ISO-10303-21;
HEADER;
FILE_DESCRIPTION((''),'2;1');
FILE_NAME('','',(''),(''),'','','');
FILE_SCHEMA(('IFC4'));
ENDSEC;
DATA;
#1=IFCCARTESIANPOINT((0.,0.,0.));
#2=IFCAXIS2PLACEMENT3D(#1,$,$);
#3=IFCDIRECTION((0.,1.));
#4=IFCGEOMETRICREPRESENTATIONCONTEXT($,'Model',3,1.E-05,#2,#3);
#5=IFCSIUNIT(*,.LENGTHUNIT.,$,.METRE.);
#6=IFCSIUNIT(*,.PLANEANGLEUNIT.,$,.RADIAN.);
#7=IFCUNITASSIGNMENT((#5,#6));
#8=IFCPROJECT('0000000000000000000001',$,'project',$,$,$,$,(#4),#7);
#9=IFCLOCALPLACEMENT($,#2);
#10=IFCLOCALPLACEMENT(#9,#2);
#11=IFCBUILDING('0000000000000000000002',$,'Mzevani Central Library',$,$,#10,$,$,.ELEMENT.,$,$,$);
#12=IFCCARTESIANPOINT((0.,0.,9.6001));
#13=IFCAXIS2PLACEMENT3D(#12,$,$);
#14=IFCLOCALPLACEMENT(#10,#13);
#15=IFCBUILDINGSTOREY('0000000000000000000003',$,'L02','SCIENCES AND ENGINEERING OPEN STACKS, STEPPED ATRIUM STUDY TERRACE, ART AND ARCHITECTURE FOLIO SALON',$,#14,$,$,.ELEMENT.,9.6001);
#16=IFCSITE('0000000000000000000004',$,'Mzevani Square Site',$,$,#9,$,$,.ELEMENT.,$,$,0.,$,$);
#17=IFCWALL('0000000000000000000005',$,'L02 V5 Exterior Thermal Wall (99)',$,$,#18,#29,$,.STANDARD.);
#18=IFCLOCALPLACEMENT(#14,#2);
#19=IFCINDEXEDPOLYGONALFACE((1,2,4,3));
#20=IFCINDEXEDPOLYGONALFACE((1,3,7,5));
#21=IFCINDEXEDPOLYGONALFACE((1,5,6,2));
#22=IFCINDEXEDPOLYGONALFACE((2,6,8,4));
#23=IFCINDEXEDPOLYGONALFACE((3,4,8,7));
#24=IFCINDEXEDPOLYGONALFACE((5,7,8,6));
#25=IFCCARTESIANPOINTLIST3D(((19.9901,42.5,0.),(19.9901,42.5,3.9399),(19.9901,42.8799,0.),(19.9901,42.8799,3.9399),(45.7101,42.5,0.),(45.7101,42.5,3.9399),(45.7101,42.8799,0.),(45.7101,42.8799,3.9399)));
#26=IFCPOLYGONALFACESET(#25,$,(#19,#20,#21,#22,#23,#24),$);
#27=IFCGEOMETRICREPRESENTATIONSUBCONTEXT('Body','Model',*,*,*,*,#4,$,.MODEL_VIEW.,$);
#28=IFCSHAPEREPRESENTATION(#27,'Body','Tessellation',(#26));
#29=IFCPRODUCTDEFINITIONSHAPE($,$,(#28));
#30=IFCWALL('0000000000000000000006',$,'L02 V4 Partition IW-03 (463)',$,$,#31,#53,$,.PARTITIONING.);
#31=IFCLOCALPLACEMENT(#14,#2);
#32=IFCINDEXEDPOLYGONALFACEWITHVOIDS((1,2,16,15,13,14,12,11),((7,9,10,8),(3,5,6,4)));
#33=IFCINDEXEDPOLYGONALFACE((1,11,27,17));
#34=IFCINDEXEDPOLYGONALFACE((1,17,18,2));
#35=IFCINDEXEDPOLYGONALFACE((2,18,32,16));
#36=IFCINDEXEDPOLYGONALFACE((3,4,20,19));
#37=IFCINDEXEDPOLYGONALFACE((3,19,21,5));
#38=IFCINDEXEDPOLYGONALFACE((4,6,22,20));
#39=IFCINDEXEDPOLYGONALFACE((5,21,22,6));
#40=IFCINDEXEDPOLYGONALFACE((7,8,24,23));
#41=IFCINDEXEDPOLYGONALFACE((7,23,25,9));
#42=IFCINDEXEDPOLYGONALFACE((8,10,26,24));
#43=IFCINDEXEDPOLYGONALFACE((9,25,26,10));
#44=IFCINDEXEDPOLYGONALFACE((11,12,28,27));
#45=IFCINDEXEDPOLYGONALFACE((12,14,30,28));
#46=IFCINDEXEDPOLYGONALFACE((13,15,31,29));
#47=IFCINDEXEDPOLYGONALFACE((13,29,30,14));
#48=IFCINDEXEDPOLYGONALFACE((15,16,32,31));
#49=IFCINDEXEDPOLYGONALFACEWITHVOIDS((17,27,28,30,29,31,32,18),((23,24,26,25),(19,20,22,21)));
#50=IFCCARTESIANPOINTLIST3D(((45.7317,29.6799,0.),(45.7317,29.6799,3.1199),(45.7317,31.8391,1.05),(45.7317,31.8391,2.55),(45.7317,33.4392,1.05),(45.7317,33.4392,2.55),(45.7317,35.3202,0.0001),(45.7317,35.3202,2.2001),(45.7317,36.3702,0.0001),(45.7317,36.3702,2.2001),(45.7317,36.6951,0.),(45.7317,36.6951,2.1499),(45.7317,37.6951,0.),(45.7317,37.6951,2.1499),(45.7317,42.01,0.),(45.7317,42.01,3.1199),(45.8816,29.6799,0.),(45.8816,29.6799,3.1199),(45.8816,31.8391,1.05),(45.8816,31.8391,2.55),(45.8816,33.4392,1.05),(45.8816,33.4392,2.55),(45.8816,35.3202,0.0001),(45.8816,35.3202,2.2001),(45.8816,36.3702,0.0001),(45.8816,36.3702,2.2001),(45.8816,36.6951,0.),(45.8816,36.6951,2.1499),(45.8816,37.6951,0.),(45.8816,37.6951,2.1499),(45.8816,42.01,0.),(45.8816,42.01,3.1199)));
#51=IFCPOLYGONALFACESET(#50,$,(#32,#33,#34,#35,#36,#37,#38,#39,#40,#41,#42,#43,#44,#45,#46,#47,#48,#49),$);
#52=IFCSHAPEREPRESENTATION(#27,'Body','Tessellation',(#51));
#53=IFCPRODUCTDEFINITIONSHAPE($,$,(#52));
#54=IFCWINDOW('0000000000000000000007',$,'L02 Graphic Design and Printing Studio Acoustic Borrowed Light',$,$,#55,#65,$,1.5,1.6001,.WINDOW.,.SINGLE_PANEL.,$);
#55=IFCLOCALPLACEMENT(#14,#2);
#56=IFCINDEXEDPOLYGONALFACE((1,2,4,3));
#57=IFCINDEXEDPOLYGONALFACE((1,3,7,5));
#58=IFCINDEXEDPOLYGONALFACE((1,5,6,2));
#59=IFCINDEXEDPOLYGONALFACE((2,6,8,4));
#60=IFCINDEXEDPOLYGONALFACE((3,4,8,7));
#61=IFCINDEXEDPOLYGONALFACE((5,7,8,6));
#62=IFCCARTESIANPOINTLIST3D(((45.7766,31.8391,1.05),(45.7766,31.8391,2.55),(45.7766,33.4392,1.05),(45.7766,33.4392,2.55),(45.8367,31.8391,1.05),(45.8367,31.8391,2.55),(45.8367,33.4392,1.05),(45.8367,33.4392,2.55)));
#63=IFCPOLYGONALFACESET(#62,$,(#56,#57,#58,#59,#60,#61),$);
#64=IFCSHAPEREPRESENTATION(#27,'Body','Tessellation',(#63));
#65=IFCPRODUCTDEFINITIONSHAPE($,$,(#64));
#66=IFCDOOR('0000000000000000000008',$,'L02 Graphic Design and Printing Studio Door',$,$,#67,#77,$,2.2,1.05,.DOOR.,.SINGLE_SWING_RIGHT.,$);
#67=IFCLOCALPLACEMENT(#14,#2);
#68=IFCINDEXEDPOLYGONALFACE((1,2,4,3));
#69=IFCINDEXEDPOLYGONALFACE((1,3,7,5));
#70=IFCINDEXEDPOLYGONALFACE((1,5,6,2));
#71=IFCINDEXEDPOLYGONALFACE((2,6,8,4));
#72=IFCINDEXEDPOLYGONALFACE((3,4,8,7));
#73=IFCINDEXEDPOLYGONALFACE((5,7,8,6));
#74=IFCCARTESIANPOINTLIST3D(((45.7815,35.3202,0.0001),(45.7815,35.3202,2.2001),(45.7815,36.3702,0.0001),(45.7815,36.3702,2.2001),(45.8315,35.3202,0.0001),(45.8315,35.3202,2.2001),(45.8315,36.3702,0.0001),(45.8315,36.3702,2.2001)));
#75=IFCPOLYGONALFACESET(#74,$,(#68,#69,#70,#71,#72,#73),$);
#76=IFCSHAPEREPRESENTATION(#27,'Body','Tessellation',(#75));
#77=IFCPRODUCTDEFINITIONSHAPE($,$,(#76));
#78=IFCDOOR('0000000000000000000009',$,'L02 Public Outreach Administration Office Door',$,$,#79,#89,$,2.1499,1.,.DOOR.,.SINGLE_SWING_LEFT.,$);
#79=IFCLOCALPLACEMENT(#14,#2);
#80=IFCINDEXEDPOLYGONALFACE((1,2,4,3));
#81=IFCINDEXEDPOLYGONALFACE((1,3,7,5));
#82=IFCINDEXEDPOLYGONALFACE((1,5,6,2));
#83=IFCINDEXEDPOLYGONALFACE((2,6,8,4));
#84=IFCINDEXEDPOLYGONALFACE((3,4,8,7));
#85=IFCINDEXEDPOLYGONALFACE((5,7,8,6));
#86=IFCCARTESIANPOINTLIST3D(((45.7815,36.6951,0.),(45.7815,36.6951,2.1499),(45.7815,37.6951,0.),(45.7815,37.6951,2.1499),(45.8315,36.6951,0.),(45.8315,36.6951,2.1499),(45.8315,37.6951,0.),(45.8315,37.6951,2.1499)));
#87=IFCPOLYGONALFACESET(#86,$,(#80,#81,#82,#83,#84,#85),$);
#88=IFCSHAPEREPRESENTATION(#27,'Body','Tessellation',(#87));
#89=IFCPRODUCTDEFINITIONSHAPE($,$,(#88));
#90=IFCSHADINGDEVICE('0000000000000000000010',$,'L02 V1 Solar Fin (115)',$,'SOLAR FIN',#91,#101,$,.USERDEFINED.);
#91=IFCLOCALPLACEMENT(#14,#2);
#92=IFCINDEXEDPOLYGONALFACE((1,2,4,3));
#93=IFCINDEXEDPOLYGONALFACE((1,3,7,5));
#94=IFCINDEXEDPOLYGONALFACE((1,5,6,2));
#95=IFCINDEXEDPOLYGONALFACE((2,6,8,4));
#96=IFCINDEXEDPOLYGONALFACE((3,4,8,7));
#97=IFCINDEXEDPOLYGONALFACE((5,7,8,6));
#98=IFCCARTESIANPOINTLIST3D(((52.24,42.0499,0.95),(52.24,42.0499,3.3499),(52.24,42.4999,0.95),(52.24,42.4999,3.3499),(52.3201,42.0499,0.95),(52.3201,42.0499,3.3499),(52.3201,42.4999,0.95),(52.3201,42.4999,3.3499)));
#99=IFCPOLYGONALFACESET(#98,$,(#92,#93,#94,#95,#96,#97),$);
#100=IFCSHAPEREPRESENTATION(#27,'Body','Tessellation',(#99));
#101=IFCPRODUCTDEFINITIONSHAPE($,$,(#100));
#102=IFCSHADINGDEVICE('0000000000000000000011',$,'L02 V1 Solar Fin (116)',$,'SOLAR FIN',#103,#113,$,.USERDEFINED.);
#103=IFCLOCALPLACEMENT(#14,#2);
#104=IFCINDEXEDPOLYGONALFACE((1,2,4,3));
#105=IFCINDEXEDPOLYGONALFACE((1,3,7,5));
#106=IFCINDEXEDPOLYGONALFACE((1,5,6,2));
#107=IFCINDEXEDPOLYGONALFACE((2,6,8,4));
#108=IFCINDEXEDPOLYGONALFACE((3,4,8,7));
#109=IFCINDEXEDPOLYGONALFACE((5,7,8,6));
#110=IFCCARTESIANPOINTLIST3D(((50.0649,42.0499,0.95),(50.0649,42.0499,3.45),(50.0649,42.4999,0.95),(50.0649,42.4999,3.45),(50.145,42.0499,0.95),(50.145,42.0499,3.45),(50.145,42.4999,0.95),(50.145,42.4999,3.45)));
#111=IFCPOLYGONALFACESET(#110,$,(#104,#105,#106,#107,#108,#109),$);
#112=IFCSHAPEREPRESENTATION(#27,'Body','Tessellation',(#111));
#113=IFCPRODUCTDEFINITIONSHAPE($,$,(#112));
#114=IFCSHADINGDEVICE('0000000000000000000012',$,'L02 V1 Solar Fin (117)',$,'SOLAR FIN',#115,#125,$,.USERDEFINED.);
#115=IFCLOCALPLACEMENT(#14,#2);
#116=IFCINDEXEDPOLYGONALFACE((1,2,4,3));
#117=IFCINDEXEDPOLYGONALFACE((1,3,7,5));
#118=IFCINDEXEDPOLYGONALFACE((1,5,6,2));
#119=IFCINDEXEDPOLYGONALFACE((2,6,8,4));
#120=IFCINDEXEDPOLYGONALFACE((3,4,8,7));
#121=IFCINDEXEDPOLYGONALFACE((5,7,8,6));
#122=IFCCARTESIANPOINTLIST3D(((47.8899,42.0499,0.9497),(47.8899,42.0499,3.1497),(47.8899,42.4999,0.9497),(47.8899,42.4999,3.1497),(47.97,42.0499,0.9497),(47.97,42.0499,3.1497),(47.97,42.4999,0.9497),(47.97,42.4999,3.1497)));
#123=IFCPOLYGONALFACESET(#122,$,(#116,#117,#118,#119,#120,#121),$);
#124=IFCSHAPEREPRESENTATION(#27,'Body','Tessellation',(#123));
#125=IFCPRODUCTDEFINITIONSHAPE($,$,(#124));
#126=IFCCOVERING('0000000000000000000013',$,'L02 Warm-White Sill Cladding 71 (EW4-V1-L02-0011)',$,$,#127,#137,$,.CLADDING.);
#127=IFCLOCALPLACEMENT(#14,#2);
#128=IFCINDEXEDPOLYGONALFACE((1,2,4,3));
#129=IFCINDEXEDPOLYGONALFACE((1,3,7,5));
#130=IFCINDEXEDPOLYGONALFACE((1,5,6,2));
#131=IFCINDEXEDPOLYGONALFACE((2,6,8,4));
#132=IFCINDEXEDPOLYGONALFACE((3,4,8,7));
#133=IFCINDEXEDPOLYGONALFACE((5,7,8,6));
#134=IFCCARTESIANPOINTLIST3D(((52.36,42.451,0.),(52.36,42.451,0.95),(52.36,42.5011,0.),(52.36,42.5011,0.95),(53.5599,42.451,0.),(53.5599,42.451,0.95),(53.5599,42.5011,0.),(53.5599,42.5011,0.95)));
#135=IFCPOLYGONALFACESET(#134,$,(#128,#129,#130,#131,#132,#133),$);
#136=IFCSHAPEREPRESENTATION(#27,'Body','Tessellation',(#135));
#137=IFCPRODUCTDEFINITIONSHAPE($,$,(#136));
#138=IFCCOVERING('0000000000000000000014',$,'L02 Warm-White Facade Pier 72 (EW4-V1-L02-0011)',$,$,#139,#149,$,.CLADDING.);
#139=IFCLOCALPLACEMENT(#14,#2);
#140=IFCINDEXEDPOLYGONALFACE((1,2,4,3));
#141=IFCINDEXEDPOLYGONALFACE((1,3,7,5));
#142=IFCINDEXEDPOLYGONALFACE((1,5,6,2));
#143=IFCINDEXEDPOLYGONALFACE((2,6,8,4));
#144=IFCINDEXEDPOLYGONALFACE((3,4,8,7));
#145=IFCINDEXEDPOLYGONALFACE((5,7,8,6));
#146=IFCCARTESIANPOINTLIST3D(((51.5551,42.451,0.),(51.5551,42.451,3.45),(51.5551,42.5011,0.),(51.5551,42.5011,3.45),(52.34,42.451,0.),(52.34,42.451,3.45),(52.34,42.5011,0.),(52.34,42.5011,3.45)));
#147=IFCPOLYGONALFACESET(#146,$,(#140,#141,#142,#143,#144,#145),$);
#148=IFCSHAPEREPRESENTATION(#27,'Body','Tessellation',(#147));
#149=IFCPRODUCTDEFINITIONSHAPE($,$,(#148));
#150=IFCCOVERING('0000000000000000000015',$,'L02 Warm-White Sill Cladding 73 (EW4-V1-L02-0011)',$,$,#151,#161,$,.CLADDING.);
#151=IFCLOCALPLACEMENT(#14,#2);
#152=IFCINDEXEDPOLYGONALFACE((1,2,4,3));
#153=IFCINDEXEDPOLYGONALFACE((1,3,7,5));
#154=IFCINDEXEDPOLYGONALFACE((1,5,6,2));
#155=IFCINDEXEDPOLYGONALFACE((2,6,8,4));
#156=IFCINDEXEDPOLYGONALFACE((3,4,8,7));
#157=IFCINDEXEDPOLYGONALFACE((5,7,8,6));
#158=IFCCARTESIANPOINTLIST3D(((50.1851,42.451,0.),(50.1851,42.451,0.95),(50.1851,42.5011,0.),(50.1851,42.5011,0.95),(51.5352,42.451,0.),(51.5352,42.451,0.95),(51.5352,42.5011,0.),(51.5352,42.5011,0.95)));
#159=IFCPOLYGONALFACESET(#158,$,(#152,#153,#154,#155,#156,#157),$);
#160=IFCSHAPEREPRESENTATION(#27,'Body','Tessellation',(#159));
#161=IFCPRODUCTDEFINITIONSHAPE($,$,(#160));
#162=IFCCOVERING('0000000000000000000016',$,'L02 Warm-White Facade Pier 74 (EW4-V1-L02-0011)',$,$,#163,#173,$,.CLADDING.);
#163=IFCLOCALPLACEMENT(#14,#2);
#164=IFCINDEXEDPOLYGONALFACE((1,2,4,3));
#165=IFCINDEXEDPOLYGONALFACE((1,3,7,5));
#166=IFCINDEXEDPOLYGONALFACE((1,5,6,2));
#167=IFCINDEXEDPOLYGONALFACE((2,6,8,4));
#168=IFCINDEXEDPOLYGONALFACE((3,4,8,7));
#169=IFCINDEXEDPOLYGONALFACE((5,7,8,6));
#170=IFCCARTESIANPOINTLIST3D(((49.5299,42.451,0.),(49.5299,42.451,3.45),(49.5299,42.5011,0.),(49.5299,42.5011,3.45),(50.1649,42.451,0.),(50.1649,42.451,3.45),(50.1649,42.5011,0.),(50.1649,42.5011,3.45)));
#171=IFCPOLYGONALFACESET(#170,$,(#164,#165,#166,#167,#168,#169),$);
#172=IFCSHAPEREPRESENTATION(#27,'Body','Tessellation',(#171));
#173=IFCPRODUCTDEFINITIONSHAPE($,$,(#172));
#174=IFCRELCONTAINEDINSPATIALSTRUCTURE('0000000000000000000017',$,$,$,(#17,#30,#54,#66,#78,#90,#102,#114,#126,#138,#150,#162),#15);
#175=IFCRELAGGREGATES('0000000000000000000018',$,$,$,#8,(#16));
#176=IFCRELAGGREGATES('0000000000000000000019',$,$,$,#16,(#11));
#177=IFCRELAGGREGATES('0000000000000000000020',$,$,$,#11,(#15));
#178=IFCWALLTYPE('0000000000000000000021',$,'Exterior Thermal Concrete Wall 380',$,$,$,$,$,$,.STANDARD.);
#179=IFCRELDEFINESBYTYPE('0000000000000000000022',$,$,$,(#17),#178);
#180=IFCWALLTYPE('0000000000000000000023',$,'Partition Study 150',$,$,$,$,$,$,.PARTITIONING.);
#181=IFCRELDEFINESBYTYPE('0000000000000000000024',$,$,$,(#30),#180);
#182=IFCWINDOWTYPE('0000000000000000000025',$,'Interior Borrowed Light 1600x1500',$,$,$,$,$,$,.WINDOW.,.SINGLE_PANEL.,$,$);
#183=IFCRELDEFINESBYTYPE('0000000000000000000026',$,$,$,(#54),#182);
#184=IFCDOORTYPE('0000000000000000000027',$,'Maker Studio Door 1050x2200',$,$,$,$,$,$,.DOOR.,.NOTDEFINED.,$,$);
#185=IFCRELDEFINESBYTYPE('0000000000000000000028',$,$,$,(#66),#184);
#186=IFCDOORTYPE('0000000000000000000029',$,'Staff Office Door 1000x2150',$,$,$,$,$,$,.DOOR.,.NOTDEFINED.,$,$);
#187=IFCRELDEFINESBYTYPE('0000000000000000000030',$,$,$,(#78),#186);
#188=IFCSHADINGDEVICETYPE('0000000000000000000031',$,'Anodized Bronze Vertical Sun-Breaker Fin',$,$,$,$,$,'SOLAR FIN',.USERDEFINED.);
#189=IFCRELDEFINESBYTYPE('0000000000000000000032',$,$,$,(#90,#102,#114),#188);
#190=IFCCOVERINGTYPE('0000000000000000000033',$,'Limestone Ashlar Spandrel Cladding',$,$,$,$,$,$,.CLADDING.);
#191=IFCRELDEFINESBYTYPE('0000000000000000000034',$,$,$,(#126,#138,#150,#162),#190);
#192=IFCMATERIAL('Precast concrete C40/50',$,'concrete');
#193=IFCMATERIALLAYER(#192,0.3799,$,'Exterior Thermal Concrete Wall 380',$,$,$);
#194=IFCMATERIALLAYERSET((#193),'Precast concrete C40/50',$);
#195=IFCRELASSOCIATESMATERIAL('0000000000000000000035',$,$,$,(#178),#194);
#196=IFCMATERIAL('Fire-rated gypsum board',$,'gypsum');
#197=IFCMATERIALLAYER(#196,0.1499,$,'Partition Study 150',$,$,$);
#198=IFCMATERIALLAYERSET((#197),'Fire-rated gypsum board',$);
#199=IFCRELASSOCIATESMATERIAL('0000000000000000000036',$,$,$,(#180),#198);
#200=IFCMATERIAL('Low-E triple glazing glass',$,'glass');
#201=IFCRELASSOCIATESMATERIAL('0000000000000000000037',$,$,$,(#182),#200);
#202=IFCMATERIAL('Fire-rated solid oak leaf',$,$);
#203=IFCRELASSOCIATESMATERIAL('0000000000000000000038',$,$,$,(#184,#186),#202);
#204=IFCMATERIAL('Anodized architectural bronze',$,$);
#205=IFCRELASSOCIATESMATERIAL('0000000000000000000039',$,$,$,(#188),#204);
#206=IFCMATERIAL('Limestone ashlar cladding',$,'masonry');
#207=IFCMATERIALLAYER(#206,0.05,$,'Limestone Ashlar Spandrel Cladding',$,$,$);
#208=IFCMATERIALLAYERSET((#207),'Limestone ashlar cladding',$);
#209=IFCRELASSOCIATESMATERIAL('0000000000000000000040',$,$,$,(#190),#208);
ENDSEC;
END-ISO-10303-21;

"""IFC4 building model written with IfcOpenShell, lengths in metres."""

from ifc_helpers import new_model, si_unit, direction, frame, frame_2d, origin, origin_2d, place, context, subcontext, project, spatial, rectangle, extrude, material, layer, layer_set, type_object, element, fill, save


model = new_model("IFC4")

# Units and contexts
model_context = context("Model", 3, precision=1e-05, world=origin(), true_north=direction((0.0, 1.0)))
body_context = subcontext(model_context, "Body", "Model", "MODEL_VIEW")
ifc_project = project(units=[si_unit("LENGTHUNIT", "METRE"), si_unit("PLANEANGLEUNIT", "RADIAN")], contexts=[model_context])

# Site, building, storey
site_placement = place(None, origin())
site = spatial("IfcSite", under=ifc_project, at=site_placement, Name="Mzevani Square Site", CompositionType="ELEMENT", RefElevation=0.0)
building_placement = place(site_placement, origin())
building = spatial("IfcBuilding", under=site, at=building_placement, Name="Mzevani Central Library", CompositionType="ELEMENT")
storey_placement = place(building_placement, frame((0.0, 0.0, 9.6001)))
storey = spatial("IfcBuildingStorey", under=building, at=storey_placement, Name="L02", Description="SCIENCES AND ENGINEERING OPEN STACKS, STEPPED ATRIUM STUDY TERRACE, ART AND ARCHITECTURE FOLIO SALON", CompositionType="ELEMENT", Elevation=9.6001)

# Wall
ifc_material_1 = material(Name="Precast concrete C40/50", Category="concrete")
ifc_layer_1 = layer(ifc_material_1, 0.3799, Name="Exterior Thermal Concrete Wall 380")
ifc_layer_set_1 = layer_set([ifc_layer_1], Name="Precast concrete C40/50")
wall_type_1 = type_object("IfcWallType", Name="Exterior Thermal Concrete Wall 380", PredefinedType="STANDARD", material=ifc_layer_set_1)
wall_1_placement = place(storey_placement, frame((45.71, 42.6899, 0.0), z_axis=(0.0, 0.0, 1.0), x_axis=(-1.0, 0.0, 0.0)))
element("IfcWall", 1, at=wall_1_placement, inside=storey, type_object=wall_type_1, Name="L02 V5 Exterior Thermal Wall (99)", PredefinedType="STANDARD", context=body_context, shape_type="SweptSolid", body=[
    extrude(rectangle(XDim=25.72, YDim=0.3799, at=frame_2d((12.8599, 0.0))), origin(), (0.0, 0.0, 1.0), 3.9399),
])

# Wall, openings, window, doors
ifc_material_2 = material(Name="Fire-rated gypsum board", Category="gypsum")
ifc_layer_2 = layer(ifc_material_2, 0.1499, Name="Partition Study 150")
ifc_layer_set_2 = layer_set([ifc_layer_2], Name="Fire-rated gypsum board")
wall_type_2 = type_object("IfcWallType", Name="Partition Study 150", PredefinedType="PARTITIONING", material=ifc_layer_set_2)
wall_2_placement = place(storey_placement, frame((45.8066, 42.01, 0.0), z_axis=(0.0, 0.0, 1.0), x_axis=(0.0, -1.0, 0.0)))
wall_2 = element("IfcWall", 2, at=wall_2_placement, inside=storey, type_object=wall_type_2, Name="L02 V4 Partition IW-03 (463)", PredefinedType="PARTITIONING", context=body_context, shape_type="SweptSolid", body=[
    extrude(rectangle(XDim=12.3301, YDim=0.1499, at=frame_2d((6.165, 0.0))), origin(), (0.0, 0.0, 1.0), 3.1199),
])
opening_1_placement = place(wall_2_placement, frame((5.6399, 0.0, 0.0)))
opening_1 = element("IfcOpeningElement", 3, at=opening_1_placement, cuts=wall_2, PredefinedType="OPENING", context=body_context, shape_type="SweptSolid", body=[
    extrude(rectangle(XDim=1.05, YDim=2.2, at=frame_2d((0.5249, 1.1001))), frame((0.0, 0.085, 0.0), z_axis=(0.0, -1.0, 0.0), x_axis=(1.0, 0.0, 0.0)), (0.0, 0.0, 1.0), 0.1699),
])
opening_2_placement = place(wall_2_placement, frame((8.5708, 0.0, 1.05)))
opening_2 = element("IfcOpeningElement", 4, at=opening_2_placement, cuts=wall_2, PredefinedType="OPENING", context=body_context, shape_type="SweptSolid", body=[
    extrude(rectangle(XDim=1.6001, YDim=1.5, at=frame_2d((0.8, 0.75))), frame((0.0, 0.085, 0.0), z_axis=(0.0, -1.0, 0.0), x_axis=(1.0, 0.0, 0.0)), (0.0, 0.0, 1.0), 0.1699),
])
opening_3_placement = place(wall_2_placement, frame((4.3149, 0.0, 0.0)))
opening_3 = element("IfcOpeningElement", 5, at=opening_3_placement, cuts=wall_2, PredefinedType="OPENING", context=body_context, shape_type="SweptSolid", body=[
    extrude(rectangle(XDim=1.0, YDim=2.1499, at=frame_2d((0.5, 1.075))), frame((0.0, 0.085, 0.0), z_axis=(0.0, -1.0, 0.0), x_axis=(1.0, 0.0, 0.0)), (0.0, 0.0, 1.0), 0.1699),
])
ifc_material_3 = material(Name="Low-E triple glazing glass", Category="glass")
window_type = type_object("IfcWindowType", Name="Interior Borrowed Light 1600x1500", PartitioningType="SINGLE_PANEL", PredefinedType="WINDOW", material=ifc_material_3)
window_placement = place(opening_2_placement, origin())
window = element("IfcWindow", 6, at=window_placement, inside=storey, type_object=window_type, Name="L02 Graphic Design and Printing Studio Acoustic Borrowed Light", OverallHeight=1.5, OverallWidth=1.6001, PartitioningType="SINGLE_PANEL", PredefinedType="WINDOW", context=body_context, shape_type="SweptSolid", body=[
    extrude(rectangle(XDim=1.6001, YDim=1.5, at=frame_2d((0.8, 0.75))), frame((0.0, 0.03, 0.0), z_axis=(0.0, -1.0, 0.0), x_axis=(1.0, 0.0, 0.0)), (0.0, 0.0, 1.0), 0.0601),
])
fill(opening_2, window)
ifc_material_4 = material(Name="Fire-rated solid oak leaf")
door_type_1 = type_object("IfcDoorType", Name="Maker Studio Door 1050x2200", OperationType="NOTDEFINED", PredefinedType="DOOR", material=ifc_material_4)
door_1_placement = place(opening_1_placement, origin())
door_1 = element("IfcDoor", 7, at=door_1_placement, inside=storey, type_object=door_type_1, Name="L02 Graphic Design and Printing Studio Door", OperationType="SINGLE_SWING_RIGHT", OverallHeight=2.2, OverallWidth=1.05, PredefinedType="DOOR", context=body_context, shape_type="SweptSolid", body=[
    extrude(rectangle(XDim=1.05, YDim=2.2, at=frame_2d((0.5249, 1.1001))), frame((0.0, 0.0249, 0.0), z_axis=(0.0, -1.0, 0.0), x_axis=(1.0, 0.0, 0.0)), (0.0, 0.0, 1.0), 0.05),
])
fill(opening_1, door_1)
door_type_2 = type_object("IfcDoorType", Name="Staff Office Door 1000x2150", OperationType="NOTDEFINED", PredefinedType="DOOR", material=ifc_material_4)
door_2_placement = place(opening_3_placement, origin())
door_2 = element("IfcDoor", 8, at=door_2_placement, inside=storey, type_object=door_type_2, Name="L02 Public Outreach Administration Office Door", OperationType="SINGLE_SWING_LEFT", OverallHeight=2.1499, OverallWidth=1.0, PredefinedType="DOOR", context=body_context, shape_type="SweptSolid", body=[
    extrude(rectangle(XDim=1.0, YDim=2.1499, at=frame_2d((0.5, 1.075))), frame((0.0, 0.0249, 0.0), z_axis=(0.0, -1.0, 0.0), x_axis=(1.0, 0.0, 0.0)), (0.0, 0.0, 1.0), 0.05),
])
fill(opening_3, door_2)

# Shading devices
ifc_material_5 = material(Name="Anodized architectural bronze")
shading_device_type = type_object("IfcShadingDeviceType", Name="Anodized Bronze Vertical Sun-Breaker Fin", ElementType="SOLAR FIN", PredefinedType="USERDEFINED", material=ifc_material_5)
shading_device_1_placement = place(storey_placement, frame((52.28, 42.2749, 0.95), z_axis=(0.0, 0.0, 1.0), x_axis=(-1.0, 0.0, 0.0)))
element("IfcShadingDevice", 9, at=shading_device_1_placement, inside=storey, type_object=shading_device_type, Name="L02 V1 Solar Fin (115)", ObjectType="SOLAR FIN", PredefinedType="USERDEFINED", context=body_context, shape_type="SweptSolid", body=[
    extrude(rectangle(XDim=0.0801, YDim=0.45, at=origin_2d()), origin(), (0.0, 0.0, 1.0), 2.3999),
])
shading_device_2_placement = place(storey_placement, frame((50.105, 42.2749, 0.95), z_axis=(0.0, 0.0, 1.0), x_axis=(-1.0, 0.0, 0.0)))
element("IfcShadingDevice", 10, at=shading_device_2_placement, inside=storey, type_object=shading_device_type, Name="L02 V1 Solar Fin (116)", ObjectType="SOLAR FIN", PredefinedType="USERDEFINED", context=body_context, shape_type="SweptSolid", body=[
    extrude(rectangle(XDim=0.0801, YDim=0.45, at=origin_2d()), origin(), (0.0, 0.0, 1.0), 2.5),
])
shading_device_3_placement = place(storey_placement, frame((47.9299, 42.2749, 0.9497), z_axis=(0.0, 0.0, 1.0), x_axis=(-1.0, 0.0, 0.0)))
element("IfcShadingDevice", 11, at=shading_device_3_placement, inside=storey, type_object=shading_device_type, Name="L02 V1 Solar Fin (117)", ObjectType="SOLAR FIN", PredefinedType="USERDEFINED", context=body_context, shape_type="SweptSolid", body=[
    extrude(rectangle(XDim=0.0801, YDim=0.45, at=origin_2d()), origin(), (0.0, 0.0, 1.0), 2.2),
])

# Coverings
ifc_material_6 = material(Name="Limestone ashlar cladding", Category="masonry")
ifc_layer_3 = layer(ifc_material_6, 0.05, Name="Limestone Ashlar Spandrel Cladding")
ifc_layer_set_3 = layer_set([ifc_layer_3], Name="Limestone ashlar cladding")
covering_type = type_object("IfcCoveringType", Name="Limestone Ashlar Spandrel Cladding", PredefinedType="CLADDING", material=ifc_layer_set_3)
covering_1_placement = place(storey_placement, frame((52.96, 42.4761, 0.0), z_axis=(0.0, 0.0, 1.0), x_axis=(-1.0, 0.0, 0.0)))
element("IfcCovering", 12, at=covering_1_placement, inside=storey, type_object=covering_type, Name="L02 Warm-White Sill Cladding 71 (EW4-V1-L02-0011)", PredefinedType="CLADDING", context=body_context, shape_type="SweptSolid", body=[
    extrude(rectangle(XDim=1.2, YDim=0.05, at=origin_2d()), origin(), (0.0, 0.0, 1.0), 0.95),
])
covering_2_placement = place(storey_placement, frame((51.9475, 42.4761, 0.0), z_axis=(0.0, 0.0, 1.0), x_axis=(-1.0, 0.0, 0.0)))
element("IfcCovering", 13, at=covering_2_placement, inside=storey, type_object=covering_type, Name="L02 Warm-White Facade Pier 72 (EW4-V1-L02-0011)", PredefinedType="CLADDING", context=body_context, shape_type="SweptSolid", body=[
    extrude(rectangle(XDim=0.7849, YDim=0.05, at=origin_2d()), origin(), (0.0, 0.0, 1.0), 3.45),
])
covering_3_placement = place(storey_placement, frame((50.8601, 42.4761, 0.0), z_axis=(0.0, 0.0, 1.0), x_axis=(-1.0, 0.0, 0.0)))
element("IfcCovering", 14, at=covering_3_placement, inside=storey, type_object=covering_type, Name="L02 Warm-White Sill Cladding 73 (EW4-V1-L02-0011)", PredefinedType="CLADDING", context=body_context, shape_type="SweptSolid", body=[
    extrude(rectangle(XDim=1.3501, YDim=0.05, at=origin_2d()), origin(), (0.0, 0.0, 1.0), 0.95),
])
covering_4_placement = place(storey_placement, frame((49.8474, 42.4761, 0.0), z_axis=(0.0, 0.0, 1.0), x_axis=(-1.0, 0.0, 0.0)))
element("IfcCovering", 15, at=covering_4_placement, inside=storey, type_object=covering_type, Name="L02 Warm-White Facade Pier 74 (EW4-V1-L02-0011)", PredefinedType="CLADDING", context=body_context, shape_type="SweptSolid", body=[
    extrude(rectangle(XDim=0.635, YDim=0.05, at=origin_2d()), origin(), (0.0, 0.0, 1.0), 3.45),
])

save(model, "model.ifc")
